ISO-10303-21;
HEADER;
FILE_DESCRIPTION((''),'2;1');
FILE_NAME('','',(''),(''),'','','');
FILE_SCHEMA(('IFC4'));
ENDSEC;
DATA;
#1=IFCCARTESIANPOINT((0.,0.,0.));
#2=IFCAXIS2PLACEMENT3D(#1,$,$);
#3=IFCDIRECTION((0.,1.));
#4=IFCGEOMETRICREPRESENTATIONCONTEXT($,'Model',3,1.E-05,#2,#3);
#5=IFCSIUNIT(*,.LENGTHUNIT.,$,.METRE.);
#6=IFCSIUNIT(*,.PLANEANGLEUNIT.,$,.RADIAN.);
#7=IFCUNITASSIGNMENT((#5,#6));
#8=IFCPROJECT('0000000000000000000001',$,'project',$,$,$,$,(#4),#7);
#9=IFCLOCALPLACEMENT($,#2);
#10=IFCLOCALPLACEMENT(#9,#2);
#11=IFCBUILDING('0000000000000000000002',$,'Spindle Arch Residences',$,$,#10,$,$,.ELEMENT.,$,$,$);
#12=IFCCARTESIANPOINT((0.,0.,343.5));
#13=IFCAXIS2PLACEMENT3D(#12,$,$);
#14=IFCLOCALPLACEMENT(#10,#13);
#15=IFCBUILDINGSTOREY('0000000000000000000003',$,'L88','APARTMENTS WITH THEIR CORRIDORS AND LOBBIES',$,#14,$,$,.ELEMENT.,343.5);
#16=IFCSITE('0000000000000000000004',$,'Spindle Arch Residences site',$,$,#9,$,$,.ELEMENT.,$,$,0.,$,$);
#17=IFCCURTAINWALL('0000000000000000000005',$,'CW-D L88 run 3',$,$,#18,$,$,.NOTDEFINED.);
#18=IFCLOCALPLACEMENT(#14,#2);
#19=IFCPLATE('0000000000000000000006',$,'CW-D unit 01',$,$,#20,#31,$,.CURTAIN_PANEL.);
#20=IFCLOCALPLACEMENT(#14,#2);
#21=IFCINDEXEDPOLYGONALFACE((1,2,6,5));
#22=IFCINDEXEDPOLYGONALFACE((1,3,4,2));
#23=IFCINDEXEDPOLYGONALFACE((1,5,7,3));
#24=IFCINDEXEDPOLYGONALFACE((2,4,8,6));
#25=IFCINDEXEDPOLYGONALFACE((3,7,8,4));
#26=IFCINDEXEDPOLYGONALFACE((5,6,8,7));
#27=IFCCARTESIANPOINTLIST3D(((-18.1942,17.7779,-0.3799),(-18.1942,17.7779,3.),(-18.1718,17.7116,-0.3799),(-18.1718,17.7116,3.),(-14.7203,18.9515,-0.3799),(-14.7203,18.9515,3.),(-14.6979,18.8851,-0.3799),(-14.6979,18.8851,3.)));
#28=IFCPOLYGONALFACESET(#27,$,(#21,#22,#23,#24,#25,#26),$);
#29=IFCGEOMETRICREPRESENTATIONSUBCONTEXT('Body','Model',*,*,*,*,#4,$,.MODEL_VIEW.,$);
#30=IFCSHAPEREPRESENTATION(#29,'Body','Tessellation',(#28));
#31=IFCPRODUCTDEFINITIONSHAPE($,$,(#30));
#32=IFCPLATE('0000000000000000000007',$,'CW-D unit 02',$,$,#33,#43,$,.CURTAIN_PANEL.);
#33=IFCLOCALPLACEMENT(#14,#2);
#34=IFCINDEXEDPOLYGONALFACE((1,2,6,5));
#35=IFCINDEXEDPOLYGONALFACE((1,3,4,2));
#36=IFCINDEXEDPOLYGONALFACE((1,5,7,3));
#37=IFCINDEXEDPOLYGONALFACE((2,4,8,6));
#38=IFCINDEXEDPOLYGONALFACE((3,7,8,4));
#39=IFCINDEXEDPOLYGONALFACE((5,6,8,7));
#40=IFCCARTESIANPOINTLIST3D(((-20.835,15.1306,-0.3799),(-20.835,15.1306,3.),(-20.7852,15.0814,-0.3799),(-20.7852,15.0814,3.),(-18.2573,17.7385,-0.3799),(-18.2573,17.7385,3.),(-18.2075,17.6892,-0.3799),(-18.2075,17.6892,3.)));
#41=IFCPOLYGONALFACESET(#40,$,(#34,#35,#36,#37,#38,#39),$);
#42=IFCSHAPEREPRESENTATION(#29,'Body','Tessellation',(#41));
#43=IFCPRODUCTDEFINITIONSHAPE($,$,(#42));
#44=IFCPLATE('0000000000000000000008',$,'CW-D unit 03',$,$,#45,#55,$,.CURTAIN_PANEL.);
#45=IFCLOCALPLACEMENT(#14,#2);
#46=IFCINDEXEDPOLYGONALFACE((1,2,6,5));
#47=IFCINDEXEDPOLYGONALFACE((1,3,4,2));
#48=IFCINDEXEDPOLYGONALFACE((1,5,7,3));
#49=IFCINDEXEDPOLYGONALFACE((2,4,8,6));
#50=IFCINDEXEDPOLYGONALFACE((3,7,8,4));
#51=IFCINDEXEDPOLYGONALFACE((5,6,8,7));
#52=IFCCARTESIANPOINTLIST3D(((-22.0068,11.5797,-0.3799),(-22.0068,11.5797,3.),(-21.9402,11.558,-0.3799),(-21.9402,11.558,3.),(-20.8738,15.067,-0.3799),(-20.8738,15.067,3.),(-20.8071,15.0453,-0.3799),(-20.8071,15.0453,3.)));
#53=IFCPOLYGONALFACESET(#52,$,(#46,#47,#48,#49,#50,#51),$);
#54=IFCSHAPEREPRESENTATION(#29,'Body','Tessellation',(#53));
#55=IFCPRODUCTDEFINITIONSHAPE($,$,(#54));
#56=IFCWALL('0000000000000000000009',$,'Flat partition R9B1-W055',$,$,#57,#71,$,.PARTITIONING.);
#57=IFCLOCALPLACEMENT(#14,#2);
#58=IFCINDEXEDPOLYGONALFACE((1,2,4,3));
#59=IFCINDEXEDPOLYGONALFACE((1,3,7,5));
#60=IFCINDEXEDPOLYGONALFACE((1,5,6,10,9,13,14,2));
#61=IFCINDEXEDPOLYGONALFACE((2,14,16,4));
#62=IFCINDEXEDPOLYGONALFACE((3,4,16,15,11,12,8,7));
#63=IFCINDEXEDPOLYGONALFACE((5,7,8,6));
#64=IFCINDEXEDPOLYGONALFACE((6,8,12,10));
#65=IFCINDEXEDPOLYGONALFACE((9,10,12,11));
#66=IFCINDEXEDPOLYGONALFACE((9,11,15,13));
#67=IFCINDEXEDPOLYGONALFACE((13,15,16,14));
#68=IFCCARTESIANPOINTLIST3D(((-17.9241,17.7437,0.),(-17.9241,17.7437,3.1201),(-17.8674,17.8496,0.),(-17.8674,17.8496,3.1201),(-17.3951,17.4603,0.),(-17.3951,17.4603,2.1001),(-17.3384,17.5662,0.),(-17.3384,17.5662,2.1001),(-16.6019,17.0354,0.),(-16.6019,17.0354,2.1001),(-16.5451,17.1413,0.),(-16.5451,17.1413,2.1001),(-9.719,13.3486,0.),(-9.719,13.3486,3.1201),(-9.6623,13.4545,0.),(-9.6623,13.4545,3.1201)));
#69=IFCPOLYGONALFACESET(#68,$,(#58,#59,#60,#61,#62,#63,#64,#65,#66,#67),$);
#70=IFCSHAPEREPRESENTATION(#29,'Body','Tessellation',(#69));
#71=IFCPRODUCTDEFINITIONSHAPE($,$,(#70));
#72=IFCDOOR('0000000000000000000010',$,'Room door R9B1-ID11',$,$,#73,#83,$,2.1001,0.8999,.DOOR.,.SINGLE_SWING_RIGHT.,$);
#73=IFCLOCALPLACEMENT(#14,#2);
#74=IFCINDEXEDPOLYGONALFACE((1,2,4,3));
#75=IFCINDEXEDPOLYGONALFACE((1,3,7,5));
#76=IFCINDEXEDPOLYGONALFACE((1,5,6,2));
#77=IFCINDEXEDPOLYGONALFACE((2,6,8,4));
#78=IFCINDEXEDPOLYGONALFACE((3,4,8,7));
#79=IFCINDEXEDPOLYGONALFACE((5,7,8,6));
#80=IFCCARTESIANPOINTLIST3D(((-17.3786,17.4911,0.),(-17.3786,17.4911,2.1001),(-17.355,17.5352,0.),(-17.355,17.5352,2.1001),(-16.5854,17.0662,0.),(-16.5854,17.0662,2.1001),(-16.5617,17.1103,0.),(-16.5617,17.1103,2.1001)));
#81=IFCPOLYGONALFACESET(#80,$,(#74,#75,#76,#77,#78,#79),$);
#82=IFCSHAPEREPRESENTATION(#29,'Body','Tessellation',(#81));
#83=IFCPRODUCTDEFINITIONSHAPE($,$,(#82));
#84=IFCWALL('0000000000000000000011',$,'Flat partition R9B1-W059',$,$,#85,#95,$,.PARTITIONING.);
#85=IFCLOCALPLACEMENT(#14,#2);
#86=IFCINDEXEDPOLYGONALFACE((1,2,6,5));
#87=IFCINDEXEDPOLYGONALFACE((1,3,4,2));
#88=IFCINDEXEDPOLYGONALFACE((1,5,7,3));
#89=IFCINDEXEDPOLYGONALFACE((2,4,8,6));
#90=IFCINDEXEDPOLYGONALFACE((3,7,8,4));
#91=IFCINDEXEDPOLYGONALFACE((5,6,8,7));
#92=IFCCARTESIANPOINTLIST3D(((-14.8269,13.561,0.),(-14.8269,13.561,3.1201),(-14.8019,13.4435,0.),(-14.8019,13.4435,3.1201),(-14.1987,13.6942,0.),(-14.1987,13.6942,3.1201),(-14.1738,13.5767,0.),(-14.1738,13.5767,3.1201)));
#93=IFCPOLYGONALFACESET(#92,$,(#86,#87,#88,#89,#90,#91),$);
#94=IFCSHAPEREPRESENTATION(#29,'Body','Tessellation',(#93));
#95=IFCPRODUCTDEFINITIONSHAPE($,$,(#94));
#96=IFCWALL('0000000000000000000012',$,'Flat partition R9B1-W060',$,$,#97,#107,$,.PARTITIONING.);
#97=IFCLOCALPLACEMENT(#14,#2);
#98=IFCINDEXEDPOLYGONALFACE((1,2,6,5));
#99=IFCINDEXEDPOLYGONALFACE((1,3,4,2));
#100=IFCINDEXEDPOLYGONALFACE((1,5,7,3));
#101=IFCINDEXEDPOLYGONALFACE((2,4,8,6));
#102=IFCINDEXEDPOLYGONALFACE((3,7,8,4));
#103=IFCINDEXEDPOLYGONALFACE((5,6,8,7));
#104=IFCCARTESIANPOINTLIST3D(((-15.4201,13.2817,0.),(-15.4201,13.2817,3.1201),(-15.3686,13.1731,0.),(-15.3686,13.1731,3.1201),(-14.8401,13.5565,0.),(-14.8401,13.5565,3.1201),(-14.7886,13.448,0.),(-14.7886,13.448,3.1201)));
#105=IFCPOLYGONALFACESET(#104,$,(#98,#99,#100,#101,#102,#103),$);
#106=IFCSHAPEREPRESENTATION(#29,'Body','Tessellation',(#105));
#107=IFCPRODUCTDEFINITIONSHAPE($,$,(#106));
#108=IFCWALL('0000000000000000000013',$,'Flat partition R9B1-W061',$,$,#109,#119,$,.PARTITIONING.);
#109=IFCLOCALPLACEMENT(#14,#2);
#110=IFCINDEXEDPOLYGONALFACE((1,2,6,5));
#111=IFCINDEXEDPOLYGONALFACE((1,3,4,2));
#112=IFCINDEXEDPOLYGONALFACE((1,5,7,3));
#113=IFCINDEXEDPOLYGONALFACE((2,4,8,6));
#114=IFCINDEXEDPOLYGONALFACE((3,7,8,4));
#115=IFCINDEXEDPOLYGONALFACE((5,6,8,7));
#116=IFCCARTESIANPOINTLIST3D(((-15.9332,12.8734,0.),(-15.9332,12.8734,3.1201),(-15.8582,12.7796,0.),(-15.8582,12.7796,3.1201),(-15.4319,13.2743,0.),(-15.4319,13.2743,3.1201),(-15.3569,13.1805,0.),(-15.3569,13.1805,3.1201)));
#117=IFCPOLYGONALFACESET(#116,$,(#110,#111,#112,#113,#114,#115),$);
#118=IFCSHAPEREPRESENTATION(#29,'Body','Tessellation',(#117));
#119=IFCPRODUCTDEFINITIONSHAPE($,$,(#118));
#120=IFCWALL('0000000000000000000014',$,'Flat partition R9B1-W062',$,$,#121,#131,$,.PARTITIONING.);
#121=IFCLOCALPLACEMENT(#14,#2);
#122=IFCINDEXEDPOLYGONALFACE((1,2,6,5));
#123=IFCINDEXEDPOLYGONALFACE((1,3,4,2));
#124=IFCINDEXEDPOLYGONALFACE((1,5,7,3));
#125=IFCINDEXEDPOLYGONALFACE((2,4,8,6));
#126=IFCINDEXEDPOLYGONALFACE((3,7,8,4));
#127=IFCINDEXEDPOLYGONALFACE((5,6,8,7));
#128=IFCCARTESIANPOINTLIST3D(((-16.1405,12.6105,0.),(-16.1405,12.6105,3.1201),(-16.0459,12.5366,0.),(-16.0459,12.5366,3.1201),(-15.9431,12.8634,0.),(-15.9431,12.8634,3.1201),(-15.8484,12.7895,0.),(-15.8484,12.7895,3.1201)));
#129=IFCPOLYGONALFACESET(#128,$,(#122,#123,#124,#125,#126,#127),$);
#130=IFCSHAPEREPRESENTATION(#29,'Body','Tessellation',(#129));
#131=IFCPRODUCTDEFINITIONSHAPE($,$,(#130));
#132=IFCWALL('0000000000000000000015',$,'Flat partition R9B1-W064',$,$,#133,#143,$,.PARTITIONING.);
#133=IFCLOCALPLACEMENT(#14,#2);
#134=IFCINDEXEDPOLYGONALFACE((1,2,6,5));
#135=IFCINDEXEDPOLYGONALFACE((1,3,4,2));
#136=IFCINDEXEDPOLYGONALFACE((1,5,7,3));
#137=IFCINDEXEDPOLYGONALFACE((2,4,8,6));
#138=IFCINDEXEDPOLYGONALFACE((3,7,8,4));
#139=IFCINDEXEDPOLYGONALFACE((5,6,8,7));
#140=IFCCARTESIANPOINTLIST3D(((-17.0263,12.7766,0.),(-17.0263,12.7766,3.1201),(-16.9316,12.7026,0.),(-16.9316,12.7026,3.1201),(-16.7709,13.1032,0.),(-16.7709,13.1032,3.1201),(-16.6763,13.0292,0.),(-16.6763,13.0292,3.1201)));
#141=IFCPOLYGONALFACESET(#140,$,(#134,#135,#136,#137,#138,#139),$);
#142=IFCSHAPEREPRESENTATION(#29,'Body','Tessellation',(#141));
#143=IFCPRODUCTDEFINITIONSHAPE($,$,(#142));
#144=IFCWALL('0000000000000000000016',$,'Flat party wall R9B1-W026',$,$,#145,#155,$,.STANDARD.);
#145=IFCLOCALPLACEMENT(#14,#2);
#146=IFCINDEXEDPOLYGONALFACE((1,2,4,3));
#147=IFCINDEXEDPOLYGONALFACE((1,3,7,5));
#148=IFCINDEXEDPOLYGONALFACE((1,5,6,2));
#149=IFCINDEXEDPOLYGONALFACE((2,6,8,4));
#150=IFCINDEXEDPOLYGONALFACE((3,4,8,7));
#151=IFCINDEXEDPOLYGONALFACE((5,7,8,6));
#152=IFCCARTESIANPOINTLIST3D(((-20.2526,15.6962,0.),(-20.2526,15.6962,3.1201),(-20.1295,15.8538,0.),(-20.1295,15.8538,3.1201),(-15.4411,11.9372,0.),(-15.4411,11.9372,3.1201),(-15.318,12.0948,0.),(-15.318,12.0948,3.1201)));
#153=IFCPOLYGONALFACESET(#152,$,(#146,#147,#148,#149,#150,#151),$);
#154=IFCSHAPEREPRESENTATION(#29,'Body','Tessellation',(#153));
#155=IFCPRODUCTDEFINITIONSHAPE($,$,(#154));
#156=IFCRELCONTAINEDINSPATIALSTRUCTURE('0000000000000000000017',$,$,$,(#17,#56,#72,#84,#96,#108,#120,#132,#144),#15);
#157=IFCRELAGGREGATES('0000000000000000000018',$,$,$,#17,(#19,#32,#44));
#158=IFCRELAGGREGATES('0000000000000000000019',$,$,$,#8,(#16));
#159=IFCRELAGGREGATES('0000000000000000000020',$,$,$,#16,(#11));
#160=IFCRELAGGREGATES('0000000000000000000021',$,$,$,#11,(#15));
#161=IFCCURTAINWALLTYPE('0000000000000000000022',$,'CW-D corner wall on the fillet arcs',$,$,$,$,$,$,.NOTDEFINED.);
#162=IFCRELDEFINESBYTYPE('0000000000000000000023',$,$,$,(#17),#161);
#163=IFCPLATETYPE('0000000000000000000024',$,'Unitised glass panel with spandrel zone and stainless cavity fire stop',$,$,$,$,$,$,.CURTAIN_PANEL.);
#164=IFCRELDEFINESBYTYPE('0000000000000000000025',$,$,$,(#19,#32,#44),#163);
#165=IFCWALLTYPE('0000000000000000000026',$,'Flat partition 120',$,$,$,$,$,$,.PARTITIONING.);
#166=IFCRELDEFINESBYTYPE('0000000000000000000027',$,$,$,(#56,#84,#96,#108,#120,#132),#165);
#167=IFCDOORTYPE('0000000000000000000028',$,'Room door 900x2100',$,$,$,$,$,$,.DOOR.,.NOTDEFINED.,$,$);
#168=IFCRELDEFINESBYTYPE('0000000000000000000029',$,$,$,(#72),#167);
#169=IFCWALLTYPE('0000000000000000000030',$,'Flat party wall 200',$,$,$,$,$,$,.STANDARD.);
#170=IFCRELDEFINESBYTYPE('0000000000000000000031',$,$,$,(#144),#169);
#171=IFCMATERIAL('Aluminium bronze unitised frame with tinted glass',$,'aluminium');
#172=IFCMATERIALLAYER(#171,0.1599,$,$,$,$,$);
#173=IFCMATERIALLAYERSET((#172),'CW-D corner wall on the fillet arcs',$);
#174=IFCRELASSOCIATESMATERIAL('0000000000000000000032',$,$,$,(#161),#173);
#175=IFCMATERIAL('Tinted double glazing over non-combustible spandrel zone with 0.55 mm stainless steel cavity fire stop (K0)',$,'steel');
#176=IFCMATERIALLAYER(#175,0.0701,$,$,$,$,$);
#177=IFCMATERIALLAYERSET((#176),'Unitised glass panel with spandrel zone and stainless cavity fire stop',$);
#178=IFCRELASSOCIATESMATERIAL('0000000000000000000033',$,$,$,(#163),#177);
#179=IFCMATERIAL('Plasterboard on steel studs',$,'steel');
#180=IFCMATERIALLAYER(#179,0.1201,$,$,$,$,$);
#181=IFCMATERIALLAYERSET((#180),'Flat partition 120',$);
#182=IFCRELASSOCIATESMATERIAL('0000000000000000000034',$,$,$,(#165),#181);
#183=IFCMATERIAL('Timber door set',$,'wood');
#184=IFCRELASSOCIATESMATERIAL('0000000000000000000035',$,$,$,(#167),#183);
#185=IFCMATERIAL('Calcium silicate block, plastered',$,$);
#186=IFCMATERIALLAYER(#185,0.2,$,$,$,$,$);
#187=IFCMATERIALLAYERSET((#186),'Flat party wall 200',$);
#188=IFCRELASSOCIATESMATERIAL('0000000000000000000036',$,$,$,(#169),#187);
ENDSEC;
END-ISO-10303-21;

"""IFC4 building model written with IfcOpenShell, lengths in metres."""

from ifc_helpers import new_model, si_unit, direction, frame, frame_2d, origin, origin_2d, place, context, subcontext, project, spatial, rectangle, extrude, material, layer, layer_set, type_object, element, fill, aggregate, save


model = new_model("IFC4")

# Units and contexts
model_context = context("Model", 3, precision=1e-05, world=origin(), true_north=direction((0.0, 1.0)))
body_context = subcontext(model_context, "Body", "Model", "MODEL_VIEW")
ifc_project = project(units=[si_unit("LENGTHUNIT", "METRE"), si_unit("PLANEANGLEUNIT", "RADIAN")], contexts=[model_context])

# Site, building, storey
site_placement = place(None, origin())
site = spatial("IfcSite", under=ifc_project, at=site_placement, Name="Spindle Arch Residences site", CompositionType="ELEMENT", RefElevation=0.0)
building_placement = place(site_placement, origin())
building = spatial("IfcBuilding", under=site, at=building_placement, Name="Spindle Arch Residences", CompositionType="ELEMENT")
storey_placement = place(building_placement, frame((0.0, 0.0, 343.5)))
storey = spatial("IfcBuildingStorey", under=building, at=storey_placement, Name="L88", Description="APARTMENTS WITH THEIR CORRIDORS AND LOBBIES", CompositionType="ELEMENT", Elevation=343.5)

# Curtain wall
ifc_material_1 = material(Name="Aluminium bronze unitised frame with tinted glass", Category="aluminium")
ifc_layer_1 = layer(ifc_material_1, 0.1599)
ifc_layer_set_1 = layer_set([ifc_layer_1], Name="CW-D corner wall on the fillet arcs")
curtain_wall_type = type_object("IfcCurtainWallType", Name="CW-D corner wall on the fillet arcs", PredefinedType="NOTDEFINED", material=ifc_layer_set_1)
curtain_wall_placement = place(storey_placement, origin())
curtain_wall = element("IfcCurtainWall", 1, at=curtain_wall_placement, inside=storey, type_object=curtain_wall_type, Name="CW-D L88 run 3", PredefinedType="NOTDEFINED")

# Plates
ifc_material_2 = material(Name="Tinted double glazing over non-combustible spandrel zone with 0.55 mm stainless steel cavity fire stop (K0)", Category="steel")
ifc_layer_2 = layer(ifc_material_2, 0.0701)
ifc_layer_set_2 = layer_set([ifc_layer_2], Name="Unitised glass panel with spandrel zone and stainless cavity fire stop")
plate_type = type_object("IfcPlateType", Name="Unitised glass panel with spandrel zone and stainless cavity fire stop", PredefinedType="CURTAIN_PANEL", material=ifc_layer_set_2)
plate_1_placement = place(storey_placement, frame((-16.446, 18.3315, -0.3799), z_axis=(0.0, 0.0, 1.0), x_axis=(-0.947397, -0.320062, 0.0)))
plate_1 = element("IfcPlate", 2, at=plate_1_placement, type_object=plate_type, Name="CW-D unit 01", PredefinedType="CURTAIN_PANEL", context=body_context, shape_type="SweptSolid", body=[
    extrude(rectangle(XDim=3.6667, YDim=0.0701, at=origin_2d()), origin(), (0.0, 0.0, 1.0), 3.3799),
])
plate_2_placement = place(storey_placement, frame((-19.5212, 16.4099, -0.3799), z_axis=(0.0, 0.0, 1.0), x_axis=(-0.702981, -0.711209, 0.0)))
plate_2 = element("IfcPlate", 3, at=plate_2_placement, type_object=plate_type, Name="CW-D unit 02", PredefinedType="CURTAIN_PANEL", context=body_context, shape_type="SweptSolid", body=[
    extrude(rectangle(XDim=3.6667, YDim=0.0701, at=origin_2d()), origin(), (0.0, 0.0, 1.0), 3.3799),
])
plate_3_placement = place(storey_placement, frame((-21.407, 13.3125, -0.3799), z_axis=(0.0, 0.0, 1.0), x_axis=(-0.309017, -0.951057, 0.0)))
plate_3 = element("IfcPlate", 4, at=plate_3_placement, type_object=plate_type, Name="CW-D unit 03", PredefinedType="CURTAIN_PANEL", context=body_context, shape_type="SweptSolid", body=[
    extrude(rectangle(XDim=3.6667, YDim=0.0701, at=origin_2d()), origin(), (0.0, 0.0, 1.0), 3.3799),
])
aggregate(curtain_wall, [plate_1, plate_2, plate_3])

# Wall, opening, door
ifc_material_3 = material(Name="Plasterboard on steel studs", Category="steel")
ifc_layer_3 = layer(ifc_material_3, 0.1201)
ifc_layer_set_3 = layer_set([ifc_layer_3], Name="Flat partition 120")
wall_type_1 = type_object("IfcWallType", Name="Flat partition 120", PredefinedType="PARTITIONING", material=ifc_layer_set_3)
wall_1_placement = place(storey_placement, frame((-17.8958, 17.7966, 0.0), z_axis=(0.0, 0.0, 1.0), x_axis=(0.881505, -0.472175, 0.0)))
wall_1 = element("IfcWall", 5, at=wall_1_placement, inside=storey, type_object=wall_type_1, Name="Flat partition R9B1-W055", PredefinedType="PARTITIONING", context=body_context, shape_type="SweptSolid", body=[
    extrude(rectangle(XDim=9.3081, YDim=0.1201, at=frame_2d((4.6541, 0.0))), origin(), (0.0, 0.0, 1.0), 3.1201),
])
opening_placement = place(wall_1_placement, frame((0.6001, 0.0, 0.0)))
opening = element("IfcOpeningElement", 6, at=opening_placement, cuts=wall_1, PredefinedType="OPENING", context=body_context, shape_type="SweptSolid", body=[
    extrude(rectangle(XDim=0.8999, YDim=2.1001, at=frame_2d((0.45, 1.05))), frame((0.0, 0.0701, 0.0), z_axis=(0.0, -1.0, 0.0), x_axis=(1.0, 0.0, 0.0)), (0.0, 0.0, 1.0), 0.1401),
])
ifc_material_4 = material(Name="Timber door set", Category="wood")
door_type = type_object("IfcDoorType", Name="Room door 900x2100", OperationType="NOTDEFINED", PredefinedType="DOOR", material=ifc_material_4)
door_placement = place(opening_placement, origin())
door = element("IfcDoor", 7, at=door_placement, inside=storey, type_object=door_type, Name="Room door R9B1-ID11", OperationType="SINGLE_SWING_RIGHT", OverallHeight=2.1001, OverallWidth=0.8999, PredefinedType="DOOR", context=body_context, shape_type="SweptSolid", body=[
    extrude(rectangle(XDim=0.8999, YDim=2.1001, at=frame_2d((0.45, 1.05))), frame((0.0, 0.0249, 0.0), z_axis=(0.0, -1.0, 0.0), x_axis=(1.0, 0.0, 0.0)), (0.0, 0.0, 1.0), 0.05),
])
fill(opening, door)

# Walls
wall_2_placement = place(storey_placement, frame((-14.1863, 13.6355, 0.0), z_axis=(0.0, 0.0, 1.0), x_axis=(-0.978218, -0.207581, 0.0)))
element("IfcWall", 8, at=wall_2_placement, inside=storey, type_object=wall_type_1, Name="Flat partition R9B1-W059", PredefinedType="PARTITIONING", context=body_context, shape_type="SweptSolid", body=[
    extrude(rectangle(XDim=0.6421, YDim=0.1201, at=frame_2d((0.321, 0.0))), origin(), (0.0, 0.0, 1.0), 3.1201),
])
for number, where, z_axis, x_axis, name in (
    (9, (-14.8145, 13.5022, 0.0), (0.0, 0.0, 1.0), (-0.90366, -0.42825, 0.0), "Flat partition R9B1-W060"),
    (10, (-15.3945, 13.2273, 0.0), (0.0, 0.0, 1.0), (-0.780943, -0.624602, 0.0), "Flat partition R9B1-W061"),
):
    element("IfcWall", number, at=place(storey_placement, frame(where, z_axis=z_axis, x_axis=x_axis)), inside=storey, type_object=wall_type_1, Name=name, PredefinedType="PARTITIONING", context=body_context, shape_type="SweptSolid", body=[
        extrude(rectangle(XDim=0.6418, YDim=0.1201, at=frame_2d((0.3208, 0.0))), origin(), (0.0, 0.0, 1.0), 3.1201),
    ])
wall_3_placement = place(storey_placement, frame((-15.8958, 12.8264, 0.0), z_axis=(0.0, 0.0, 1.0), x_axis=(-0.615467, -0.788163, 0.0)))
element("IfcWall", 11, at=wall_3_placement, inside=storey, type_object=wall_type_1, Name="Flat partition R9B1-W062", PredefinedType="PARTITIONING", context=body_context, shape_type="SweptSolid", body=[
    extrude(rectangle(XDim=0.3208, YDim=0.1201, at=frame_2d((0.1604, 0.0))), origin(), (0.0, 0.0, 1.0), 3.1201),
])
wall_4_placement = place(storey_placement, frame((-16.7236, 13.0662, 0.0), z_axis=(0.0, 0.0, 1.0), x_axis=(-0.615895, -0.787828, 0.0)))
element("IfcWall", 12, at=wall_4_placement, inside=storey, type_object=wall_type_1, Name="Flat partition R9B1-W064", PredefinedType="PARTITIONING", context=body_context, shape_type="SweptSolid", body=[
    extrude(rectangle(XDim=0.4146, YDim=0.1201, at=frame_2d((0.2073, 0.0))), origin(), (0.0, 0.0, 1.0), 3.1201),
])
ifc_material_5 = material(Name="Calcium silicate block, plastered")
ifc_layer_4 = layer(ifc_material_5, 0.2)
ifc_layer_set_4 = layer_set([ifc_layer_4], Name="Flat party wall 200")
wall_type_2 = type_object("IfcWallType", Name="Flat party wall 200", PredefinedType="STANDARD", material=ifc_layer_set_4)
wall_5_placement = place(storey_placement, frame((-20.1909, 15.7749, 0.0), z_axis=(0.0, 0.0, 1.0), x_axis=(0.788022, -0.615647, 0.0)))
element("IfcWall", 13, at=wall_5_placement, inside=storey, type_object=wall_type_2, Name="Flat party wall R9B1-W026", PredefinedType="STANDARD", context=body_context, shape_type="SweptSolid", body=[
    extrude(rectangle(XDim=6.1057, YDim=0.2, at=frame_2d((3.0527, 0.0))), origin(), (0.0, 0.0, 1.0), 3.1201),
])

save(model, "model.ifc")
